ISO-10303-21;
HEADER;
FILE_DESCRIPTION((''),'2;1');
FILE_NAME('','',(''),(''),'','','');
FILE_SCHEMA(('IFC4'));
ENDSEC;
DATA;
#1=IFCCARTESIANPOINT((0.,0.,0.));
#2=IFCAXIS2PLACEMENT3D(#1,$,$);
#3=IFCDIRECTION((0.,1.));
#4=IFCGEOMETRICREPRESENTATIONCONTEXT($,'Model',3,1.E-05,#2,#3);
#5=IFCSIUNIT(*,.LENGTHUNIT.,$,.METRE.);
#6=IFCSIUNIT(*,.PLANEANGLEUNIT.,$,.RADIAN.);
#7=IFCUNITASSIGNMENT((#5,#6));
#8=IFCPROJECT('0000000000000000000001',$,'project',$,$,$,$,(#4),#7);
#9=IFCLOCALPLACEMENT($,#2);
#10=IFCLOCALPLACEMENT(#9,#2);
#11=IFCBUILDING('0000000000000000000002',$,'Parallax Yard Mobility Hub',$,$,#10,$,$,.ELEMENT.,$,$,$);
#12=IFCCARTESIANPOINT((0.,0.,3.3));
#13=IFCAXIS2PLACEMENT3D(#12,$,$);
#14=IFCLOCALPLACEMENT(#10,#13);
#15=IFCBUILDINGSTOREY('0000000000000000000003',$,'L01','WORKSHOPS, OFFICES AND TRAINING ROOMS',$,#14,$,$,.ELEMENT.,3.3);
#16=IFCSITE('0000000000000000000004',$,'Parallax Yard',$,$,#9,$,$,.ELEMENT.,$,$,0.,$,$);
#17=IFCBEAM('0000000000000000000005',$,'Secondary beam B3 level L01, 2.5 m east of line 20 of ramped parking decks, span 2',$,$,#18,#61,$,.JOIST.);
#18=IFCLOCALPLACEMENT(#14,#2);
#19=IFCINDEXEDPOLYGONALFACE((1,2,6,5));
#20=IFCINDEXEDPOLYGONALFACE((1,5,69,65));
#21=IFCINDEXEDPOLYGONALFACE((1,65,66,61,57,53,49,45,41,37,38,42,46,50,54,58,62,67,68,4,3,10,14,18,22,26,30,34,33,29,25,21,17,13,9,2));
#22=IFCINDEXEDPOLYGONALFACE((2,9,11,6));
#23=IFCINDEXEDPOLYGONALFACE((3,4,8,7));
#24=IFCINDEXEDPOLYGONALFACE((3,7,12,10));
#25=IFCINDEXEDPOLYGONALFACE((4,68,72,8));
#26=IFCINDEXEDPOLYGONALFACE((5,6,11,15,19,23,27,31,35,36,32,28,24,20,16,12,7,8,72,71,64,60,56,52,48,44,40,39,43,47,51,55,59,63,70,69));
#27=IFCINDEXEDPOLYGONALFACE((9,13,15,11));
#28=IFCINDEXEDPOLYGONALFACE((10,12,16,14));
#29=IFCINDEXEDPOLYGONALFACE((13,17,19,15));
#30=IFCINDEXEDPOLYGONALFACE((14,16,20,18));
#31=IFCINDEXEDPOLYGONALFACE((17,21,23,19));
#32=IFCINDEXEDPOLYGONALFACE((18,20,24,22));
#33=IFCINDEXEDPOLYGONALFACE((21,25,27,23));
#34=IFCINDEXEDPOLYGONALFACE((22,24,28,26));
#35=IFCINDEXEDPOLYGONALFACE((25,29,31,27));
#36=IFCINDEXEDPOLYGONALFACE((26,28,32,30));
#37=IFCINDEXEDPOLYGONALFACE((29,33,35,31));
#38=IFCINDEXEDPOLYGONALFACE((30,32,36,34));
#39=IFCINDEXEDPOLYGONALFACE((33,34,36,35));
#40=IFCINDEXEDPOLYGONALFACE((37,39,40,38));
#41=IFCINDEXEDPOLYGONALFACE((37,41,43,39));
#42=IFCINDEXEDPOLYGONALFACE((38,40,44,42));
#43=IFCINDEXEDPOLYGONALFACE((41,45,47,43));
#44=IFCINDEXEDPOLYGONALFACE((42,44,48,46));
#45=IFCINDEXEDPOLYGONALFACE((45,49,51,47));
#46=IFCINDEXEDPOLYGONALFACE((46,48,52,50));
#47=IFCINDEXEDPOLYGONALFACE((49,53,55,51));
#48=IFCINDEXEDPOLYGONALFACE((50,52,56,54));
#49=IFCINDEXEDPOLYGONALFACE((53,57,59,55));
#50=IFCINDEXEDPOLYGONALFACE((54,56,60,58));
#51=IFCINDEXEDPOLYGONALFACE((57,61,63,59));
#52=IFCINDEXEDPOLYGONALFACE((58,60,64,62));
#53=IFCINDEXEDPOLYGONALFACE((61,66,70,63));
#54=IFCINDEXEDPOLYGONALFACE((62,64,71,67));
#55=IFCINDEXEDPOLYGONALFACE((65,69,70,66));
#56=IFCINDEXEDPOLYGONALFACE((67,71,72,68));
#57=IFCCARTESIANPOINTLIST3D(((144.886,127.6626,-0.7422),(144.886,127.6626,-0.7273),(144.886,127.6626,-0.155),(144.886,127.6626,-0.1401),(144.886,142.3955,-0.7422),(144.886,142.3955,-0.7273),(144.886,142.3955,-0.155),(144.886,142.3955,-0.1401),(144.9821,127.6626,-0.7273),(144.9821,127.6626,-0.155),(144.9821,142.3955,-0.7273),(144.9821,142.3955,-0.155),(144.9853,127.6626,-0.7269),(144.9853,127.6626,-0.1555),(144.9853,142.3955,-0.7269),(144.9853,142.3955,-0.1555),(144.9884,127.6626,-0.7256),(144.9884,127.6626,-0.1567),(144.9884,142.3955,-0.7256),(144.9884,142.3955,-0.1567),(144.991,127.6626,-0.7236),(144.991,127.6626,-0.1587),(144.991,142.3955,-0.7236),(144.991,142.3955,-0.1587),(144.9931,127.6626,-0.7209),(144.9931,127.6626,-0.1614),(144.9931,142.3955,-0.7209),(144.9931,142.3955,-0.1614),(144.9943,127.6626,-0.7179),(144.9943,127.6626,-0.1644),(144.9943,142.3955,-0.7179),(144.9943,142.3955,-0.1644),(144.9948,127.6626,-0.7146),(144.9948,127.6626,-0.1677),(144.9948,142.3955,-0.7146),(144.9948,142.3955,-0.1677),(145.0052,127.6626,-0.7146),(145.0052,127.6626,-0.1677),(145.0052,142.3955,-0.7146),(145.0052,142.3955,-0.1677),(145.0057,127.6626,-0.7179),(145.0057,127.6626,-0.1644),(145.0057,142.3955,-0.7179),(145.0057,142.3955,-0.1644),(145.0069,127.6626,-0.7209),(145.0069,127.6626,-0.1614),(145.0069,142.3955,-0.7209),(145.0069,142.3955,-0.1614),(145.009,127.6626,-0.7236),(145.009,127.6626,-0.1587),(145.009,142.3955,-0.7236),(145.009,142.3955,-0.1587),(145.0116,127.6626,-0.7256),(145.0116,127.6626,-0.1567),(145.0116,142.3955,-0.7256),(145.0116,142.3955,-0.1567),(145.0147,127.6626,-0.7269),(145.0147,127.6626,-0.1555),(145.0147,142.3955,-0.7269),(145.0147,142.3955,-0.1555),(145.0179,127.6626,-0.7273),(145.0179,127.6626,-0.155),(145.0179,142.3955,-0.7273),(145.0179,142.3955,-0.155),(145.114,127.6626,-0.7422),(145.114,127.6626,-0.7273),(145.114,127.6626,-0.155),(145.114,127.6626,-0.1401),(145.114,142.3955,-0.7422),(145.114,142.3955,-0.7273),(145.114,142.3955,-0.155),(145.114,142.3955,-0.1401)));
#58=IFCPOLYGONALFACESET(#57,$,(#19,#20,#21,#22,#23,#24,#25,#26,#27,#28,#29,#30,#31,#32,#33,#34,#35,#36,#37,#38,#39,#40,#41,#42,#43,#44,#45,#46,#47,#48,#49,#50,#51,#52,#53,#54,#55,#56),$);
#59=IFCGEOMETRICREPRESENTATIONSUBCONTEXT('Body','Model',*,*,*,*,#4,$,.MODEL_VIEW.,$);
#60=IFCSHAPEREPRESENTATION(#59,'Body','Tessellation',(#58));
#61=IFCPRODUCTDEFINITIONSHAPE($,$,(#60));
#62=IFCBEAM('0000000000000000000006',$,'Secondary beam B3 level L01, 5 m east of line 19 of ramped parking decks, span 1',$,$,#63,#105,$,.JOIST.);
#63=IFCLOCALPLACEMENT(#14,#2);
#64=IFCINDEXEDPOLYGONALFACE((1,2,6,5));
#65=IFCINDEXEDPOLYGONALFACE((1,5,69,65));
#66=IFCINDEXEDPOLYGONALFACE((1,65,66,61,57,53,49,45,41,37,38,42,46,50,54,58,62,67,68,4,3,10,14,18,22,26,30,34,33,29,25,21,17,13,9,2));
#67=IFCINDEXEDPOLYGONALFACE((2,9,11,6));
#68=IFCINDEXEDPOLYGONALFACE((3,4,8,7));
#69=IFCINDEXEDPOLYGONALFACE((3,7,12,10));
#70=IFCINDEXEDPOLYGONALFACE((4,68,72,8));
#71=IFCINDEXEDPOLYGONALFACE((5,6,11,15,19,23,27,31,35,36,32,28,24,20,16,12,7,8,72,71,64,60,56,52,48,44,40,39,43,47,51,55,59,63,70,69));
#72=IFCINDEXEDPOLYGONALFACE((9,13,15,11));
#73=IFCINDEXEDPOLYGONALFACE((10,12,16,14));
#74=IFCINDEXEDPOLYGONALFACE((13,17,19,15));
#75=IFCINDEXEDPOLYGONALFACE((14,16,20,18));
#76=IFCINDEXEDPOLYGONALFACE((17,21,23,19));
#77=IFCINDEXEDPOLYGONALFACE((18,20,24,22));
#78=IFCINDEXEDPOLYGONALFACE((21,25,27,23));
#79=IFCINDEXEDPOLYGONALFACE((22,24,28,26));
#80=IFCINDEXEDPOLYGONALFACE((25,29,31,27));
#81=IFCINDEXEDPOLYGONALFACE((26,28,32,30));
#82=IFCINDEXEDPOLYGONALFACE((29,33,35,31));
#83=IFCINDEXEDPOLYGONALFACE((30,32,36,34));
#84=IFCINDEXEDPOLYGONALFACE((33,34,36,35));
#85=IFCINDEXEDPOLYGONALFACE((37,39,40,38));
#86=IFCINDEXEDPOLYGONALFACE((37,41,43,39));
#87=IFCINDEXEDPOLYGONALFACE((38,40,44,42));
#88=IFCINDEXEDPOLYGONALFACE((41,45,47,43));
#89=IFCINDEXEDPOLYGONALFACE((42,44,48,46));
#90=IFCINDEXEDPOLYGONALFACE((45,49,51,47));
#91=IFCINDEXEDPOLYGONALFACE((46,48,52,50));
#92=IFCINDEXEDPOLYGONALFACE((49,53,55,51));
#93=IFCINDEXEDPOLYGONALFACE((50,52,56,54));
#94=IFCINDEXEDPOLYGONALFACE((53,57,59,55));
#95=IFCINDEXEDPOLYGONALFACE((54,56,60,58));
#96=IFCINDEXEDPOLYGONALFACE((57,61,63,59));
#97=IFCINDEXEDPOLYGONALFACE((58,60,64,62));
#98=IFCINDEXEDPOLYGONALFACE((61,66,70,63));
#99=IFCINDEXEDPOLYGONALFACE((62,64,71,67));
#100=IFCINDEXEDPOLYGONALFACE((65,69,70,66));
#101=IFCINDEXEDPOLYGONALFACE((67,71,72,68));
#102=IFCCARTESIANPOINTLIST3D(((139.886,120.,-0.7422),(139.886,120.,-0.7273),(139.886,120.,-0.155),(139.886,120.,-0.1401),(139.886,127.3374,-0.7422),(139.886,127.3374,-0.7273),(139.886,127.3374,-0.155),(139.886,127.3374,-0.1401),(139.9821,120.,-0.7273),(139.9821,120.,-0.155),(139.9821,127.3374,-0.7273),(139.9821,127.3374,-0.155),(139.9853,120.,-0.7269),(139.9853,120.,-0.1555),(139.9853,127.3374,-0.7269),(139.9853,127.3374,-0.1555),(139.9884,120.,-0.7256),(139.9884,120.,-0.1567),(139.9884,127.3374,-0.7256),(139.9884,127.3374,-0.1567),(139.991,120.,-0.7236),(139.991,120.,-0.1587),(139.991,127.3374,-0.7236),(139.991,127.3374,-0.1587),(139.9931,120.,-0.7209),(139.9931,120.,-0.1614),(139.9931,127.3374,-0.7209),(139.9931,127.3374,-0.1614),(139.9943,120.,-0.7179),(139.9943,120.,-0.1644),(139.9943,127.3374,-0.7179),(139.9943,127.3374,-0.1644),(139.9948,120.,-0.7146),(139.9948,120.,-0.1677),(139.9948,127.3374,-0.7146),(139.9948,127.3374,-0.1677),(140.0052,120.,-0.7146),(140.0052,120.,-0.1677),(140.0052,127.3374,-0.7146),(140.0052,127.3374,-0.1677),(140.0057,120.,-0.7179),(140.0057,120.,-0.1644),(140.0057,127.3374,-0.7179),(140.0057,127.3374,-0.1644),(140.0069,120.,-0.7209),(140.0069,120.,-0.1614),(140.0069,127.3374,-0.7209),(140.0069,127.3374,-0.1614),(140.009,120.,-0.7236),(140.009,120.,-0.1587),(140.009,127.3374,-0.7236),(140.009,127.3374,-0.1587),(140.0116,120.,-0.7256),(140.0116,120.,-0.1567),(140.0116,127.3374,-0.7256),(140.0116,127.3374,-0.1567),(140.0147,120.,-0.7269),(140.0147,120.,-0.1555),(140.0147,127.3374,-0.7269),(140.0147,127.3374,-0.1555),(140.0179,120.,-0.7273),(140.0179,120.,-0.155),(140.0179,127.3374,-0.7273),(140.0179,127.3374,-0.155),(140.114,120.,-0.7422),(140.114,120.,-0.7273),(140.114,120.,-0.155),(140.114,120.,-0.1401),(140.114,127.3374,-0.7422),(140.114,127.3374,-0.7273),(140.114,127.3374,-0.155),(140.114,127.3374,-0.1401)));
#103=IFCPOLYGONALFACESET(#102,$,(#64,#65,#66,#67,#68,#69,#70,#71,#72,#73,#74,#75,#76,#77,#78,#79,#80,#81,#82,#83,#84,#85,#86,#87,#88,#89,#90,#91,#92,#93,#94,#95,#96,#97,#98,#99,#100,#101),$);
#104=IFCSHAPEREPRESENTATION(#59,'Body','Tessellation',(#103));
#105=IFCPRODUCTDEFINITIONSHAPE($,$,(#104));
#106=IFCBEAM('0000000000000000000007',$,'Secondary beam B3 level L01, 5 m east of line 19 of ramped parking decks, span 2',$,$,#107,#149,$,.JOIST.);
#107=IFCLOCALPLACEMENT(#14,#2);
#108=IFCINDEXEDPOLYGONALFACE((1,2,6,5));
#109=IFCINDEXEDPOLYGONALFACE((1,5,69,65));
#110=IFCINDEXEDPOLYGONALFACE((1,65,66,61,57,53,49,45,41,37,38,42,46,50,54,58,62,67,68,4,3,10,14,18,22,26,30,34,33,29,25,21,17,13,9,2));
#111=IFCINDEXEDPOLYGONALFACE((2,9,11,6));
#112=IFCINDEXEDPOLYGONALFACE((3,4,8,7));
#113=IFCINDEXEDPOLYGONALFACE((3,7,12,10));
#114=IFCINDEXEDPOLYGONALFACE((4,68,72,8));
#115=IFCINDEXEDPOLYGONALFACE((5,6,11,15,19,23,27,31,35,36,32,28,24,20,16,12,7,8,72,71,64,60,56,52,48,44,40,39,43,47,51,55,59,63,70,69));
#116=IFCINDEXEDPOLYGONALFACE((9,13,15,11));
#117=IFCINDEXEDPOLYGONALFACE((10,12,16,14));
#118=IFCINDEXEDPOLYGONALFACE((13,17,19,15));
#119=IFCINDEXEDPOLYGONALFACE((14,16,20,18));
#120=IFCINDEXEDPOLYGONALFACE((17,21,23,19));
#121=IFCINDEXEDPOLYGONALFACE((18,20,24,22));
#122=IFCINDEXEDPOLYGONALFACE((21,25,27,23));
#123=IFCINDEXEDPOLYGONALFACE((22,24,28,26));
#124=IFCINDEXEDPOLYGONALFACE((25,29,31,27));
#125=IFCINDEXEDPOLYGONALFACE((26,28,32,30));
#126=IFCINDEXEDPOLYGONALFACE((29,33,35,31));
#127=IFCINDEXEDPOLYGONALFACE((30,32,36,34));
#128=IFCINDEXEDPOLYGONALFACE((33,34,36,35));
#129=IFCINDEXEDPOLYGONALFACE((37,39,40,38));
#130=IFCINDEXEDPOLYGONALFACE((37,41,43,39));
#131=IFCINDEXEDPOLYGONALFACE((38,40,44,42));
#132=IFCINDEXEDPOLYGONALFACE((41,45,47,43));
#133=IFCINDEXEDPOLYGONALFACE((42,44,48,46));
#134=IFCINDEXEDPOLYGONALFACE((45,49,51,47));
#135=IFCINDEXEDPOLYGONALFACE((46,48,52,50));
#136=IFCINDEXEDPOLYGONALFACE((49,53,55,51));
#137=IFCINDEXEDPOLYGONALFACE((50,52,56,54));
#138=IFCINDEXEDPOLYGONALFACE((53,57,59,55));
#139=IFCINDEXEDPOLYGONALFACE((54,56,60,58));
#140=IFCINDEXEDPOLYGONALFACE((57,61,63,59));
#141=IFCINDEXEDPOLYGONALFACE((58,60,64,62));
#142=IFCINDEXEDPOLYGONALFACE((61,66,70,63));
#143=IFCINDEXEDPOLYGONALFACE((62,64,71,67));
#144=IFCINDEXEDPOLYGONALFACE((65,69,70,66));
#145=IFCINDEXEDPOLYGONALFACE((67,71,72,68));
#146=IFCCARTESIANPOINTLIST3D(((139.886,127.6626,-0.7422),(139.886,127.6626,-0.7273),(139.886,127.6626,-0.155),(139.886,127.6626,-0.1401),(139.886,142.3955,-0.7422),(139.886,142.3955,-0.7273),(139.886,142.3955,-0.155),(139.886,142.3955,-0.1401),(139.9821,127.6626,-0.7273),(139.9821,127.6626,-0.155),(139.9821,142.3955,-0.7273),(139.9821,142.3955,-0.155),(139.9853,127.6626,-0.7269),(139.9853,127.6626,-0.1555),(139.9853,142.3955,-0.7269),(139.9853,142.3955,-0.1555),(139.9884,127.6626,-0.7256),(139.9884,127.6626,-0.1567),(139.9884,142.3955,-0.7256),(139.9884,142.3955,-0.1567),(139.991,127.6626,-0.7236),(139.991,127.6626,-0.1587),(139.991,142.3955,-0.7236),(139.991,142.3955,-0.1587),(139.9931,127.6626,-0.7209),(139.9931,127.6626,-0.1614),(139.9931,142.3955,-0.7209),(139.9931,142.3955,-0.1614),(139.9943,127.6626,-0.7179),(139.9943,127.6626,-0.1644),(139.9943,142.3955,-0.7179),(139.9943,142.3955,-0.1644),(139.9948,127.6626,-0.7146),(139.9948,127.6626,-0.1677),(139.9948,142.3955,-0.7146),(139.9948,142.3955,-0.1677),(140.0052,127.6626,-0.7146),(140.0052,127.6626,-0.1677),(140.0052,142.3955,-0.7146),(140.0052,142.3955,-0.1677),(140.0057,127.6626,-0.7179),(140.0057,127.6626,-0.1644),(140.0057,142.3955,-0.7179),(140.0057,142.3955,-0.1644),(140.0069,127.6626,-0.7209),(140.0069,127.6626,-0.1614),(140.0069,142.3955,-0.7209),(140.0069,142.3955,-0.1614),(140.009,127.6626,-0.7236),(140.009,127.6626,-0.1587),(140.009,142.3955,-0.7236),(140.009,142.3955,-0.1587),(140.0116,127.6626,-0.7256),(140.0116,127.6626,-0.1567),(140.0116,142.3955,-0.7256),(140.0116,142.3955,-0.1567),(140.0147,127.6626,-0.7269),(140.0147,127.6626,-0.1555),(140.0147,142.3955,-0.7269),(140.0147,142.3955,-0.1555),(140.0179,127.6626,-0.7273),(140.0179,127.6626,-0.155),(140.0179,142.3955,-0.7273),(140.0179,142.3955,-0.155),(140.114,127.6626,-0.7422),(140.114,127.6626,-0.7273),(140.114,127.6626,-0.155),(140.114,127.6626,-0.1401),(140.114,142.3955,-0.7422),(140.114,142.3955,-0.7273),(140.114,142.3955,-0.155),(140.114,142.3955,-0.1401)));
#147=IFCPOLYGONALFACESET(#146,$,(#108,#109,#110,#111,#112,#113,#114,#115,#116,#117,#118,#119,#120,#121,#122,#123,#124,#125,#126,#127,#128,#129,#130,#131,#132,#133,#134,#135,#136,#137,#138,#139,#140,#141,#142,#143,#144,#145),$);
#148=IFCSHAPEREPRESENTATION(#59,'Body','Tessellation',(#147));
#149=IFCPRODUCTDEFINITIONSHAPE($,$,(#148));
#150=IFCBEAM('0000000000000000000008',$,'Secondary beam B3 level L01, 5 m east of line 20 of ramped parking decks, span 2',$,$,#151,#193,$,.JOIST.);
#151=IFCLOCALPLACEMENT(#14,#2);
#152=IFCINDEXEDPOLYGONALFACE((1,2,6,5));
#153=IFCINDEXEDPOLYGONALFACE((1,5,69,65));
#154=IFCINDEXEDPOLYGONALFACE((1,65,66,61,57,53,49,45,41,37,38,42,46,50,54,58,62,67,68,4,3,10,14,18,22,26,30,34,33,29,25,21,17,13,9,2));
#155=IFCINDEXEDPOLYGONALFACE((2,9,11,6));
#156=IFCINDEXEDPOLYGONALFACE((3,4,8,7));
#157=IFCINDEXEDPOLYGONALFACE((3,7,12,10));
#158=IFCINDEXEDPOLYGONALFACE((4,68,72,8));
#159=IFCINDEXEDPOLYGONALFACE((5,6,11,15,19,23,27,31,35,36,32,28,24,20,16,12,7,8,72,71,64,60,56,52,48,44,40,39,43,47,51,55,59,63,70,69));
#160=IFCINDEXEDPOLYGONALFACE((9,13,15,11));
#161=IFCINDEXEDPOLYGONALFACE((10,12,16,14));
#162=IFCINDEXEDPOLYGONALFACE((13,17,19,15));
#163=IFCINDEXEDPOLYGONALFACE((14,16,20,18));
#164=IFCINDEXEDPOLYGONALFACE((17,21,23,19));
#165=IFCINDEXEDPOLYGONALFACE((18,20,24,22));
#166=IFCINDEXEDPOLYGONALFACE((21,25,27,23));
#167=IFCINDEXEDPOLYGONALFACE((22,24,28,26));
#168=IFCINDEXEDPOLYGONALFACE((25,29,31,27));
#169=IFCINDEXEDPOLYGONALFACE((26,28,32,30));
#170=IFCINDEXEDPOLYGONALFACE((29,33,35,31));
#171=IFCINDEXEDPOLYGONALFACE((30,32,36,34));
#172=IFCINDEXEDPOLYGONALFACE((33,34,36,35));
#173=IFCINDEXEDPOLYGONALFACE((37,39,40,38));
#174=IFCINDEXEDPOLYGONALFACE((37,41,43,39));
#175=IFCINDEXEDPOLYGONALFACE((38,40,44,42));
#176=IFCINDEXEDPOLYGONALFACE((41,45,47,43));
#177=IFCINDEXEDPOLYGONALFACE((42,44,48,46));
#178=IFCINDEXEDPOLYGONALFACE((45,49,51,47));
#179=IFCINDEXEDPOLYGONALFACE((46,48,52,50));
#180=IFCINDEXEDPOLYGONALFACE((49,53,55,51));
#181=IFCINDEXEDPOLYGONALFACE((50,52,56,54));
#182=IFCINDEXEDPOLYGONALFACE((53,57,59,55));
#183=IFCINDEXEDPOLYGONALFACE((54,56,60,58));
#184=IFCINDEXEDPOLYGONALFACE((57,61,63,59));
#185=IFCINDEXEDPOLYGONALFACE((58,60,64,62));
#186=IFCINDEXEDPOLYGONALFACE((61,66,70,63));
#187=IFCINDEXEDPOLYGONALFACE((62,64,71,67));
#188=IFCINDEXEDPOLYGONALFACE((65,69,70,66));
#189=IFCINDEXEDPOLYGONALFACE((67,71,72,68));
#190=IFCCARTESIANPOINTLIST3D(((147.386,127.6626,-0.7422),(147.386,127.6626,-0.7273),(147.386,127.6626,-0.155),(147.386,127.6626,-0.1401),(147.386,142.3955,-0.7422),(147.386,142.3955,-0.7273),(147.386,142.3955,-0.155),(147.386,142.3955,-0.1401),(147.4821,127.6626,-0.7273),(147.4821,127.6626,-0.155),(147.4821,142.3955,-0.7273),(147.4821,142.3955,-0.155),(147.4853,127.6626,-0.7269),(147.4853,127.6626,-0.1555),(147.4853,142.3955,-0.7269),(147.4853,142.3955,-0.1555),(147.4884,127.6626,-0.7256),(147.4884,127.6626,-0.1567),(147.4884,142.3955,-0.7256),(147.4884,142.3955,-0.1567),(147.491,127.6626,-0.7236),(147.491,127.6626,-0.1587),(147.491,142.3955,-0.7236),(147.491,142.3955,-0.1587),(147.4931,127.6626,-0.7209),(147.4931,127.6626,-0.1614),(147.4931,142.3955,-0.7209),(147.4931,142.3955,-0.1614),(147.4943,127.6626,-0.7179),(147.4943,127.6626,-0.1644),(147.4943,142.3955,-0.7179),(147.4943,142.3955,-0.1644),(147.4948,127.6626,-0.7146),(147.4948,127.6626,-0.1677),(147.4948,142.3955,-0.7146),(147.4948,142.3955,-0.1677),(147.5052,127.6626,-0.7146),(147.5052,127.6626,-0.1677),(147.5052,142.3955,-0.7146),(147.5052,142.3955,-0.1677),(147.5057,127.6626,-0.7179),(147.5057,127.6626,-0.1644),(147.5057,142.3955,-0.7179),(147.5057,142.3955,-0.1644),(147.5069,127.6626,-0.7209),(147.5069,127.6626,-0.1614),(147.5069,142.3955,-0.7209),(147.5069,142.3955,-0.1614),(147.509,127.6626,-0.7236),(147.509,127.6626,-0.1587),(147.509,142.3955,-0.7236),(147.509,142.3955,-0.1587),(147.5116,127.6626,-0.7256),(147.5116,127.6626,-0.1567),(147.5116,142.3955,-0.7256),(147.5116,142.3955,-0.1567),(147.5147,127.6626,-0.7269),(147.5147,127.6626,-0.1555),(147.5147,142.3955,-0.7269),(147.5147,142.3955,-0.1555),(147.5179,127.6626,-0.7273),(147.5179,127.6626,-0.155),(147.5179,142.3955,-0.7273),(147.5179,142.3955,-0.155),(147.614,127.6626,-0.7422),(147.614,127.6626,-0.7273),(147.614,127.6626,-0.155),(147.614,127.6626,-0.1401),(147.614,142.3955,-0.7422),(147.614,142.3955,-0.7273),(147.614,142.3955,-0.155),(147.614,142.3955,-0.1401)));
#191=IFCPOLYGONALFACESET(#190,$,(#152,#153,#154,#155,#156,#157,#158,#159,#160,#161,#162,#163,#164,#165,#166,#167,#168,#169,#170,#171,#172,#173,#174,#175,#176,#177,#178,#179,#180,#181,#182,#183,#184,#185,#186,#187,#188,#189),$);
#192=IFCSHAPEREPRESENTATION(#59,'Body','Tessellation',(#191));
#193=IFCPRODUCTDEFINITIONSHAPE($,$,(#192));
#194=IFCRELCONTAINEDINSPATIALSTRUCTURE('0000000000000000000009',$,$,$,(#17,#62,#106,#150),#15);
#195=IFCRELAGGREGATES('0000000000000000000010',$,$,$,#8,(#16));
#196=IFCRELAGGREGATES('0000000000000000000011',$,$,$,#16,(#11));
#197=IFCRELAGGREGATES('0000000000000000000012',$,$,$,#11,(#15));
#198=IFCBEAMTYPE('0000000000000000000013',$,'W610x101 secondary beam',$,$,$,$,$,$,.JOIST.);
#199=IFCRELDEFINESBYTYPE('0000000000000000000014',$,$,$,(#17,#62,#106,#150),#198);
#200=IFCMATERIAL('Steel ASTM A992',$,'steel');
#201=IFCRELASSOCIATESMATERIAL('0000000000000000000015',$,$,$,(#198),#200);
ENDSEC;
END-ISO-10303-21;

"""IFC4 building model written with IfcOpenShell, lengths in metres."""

from ifc_helpers import new_model, si_unit, direction, frame, origin, origin_2d, place, context, subcontext, project, spatial, i_section, extrude, material, material_profile, profile_set, type_object, element, save


model = new_model("IFC4")

# Units and contexts
model_context = context("Model", 3, precision=1e-05, world=origin(), true_north=direction((0.0, 1.0)))
body_context = subcontext(model_context, "Body", "Model", "MODEL_VIEW")
ifc_project = project(units=[si_unit("LENGTHUNIT", "METRE"), si_unit("PLANEANGLEUNIT", "RADIAN")], contexts=[model_context])

# Site, building, storey
site_placement = place(None, origin())
site = spatial("IfcSite", under=ifc_project, at=site_placement, Name="Parallax Yard", CompositionType="ELEMENT", RefElevation=0.0)
building_placement = place(site_placement, origin())
building = spatial("IfcBuilding", under=site, at=building_placement, Name="Parallax Yard Mobility Hub", CompositionType="ELEMENT")
storey_placement = place(building_placement, frame((0.0, 0.0, 3.3)))
storey = spatial("IfcBuildingStorey", under=building, at=storey_placement, Name="L01", Description="WORKSHOPS, OFFICES AND TRAINING ROOMS", CompositionType="ELEMENT", Elevation=3.3)

# Shared definitions
ifc_material_1 = material(Name="Steel ASTM A992", Category="steel")

# Beams
ifc_material_profile_1 = material_profile(ifc_material_1, i_section(OverallWidth=0.228, OverallDepth=0.6021, WebThickness=0.0105, FlangeThickness=0.0149, FilletRadius=0.0127, at=origin_2d()), Name="W610x101")
ifc_profile_set_1 = profile_set([ifc_material_profile_1], Name="Steel ASTM A992")
beam_type_1 = type_object("IfcBeamType", Name="W610x101 secondary beam", PredefinedType="JOIST", material=ifc_profile_set_1)
beam_1_placement = place(storey_placement, frame((145.0, 127.6626, -0.4412), z_axis=(0.0, 1.0, 0.0), x_axis=(-1.0, 0.0, 0.0)))
element("IfcBeam", 1, at=beam_1_placement, inside=storey, type_object=beam_type_1, Name="Secondary beam B3 level L01, 2.5 m east of line 20 of ramped parking decks, span 2", PredefinedType="JOIST", context=body_context, shape_type="SweptSolid", body=[
    extrude(i_section(OverallWidth=0.228, OverallDepth=0.6021, WebThickness=0.0105, FlangeThickness=0.0149, FilletRadius=0.0127, at=origin_2d()), origin(), (0.0, 0.0, 1.0), 14.7329),
])
beam_2_placement = place(storey_placement, frame((140.0, 120.0, -0.4412), z_axis=(0.0, 1.0, 0.0), x_axis=(-1.0, 0.0, 0.0)))
element("IfcBeam", 2, at=beam_2_placement, inside=storey, type_object=beam_type_1, Name="Secondary beam B3 level L01, 5 m east of line 19 of ramped parking decks, span 1", PredefinedType="JOIST", context=body_context, shape_type="SweptSolid", body=[
    extrude(i_section(OverallWidth=0.228, OverallDepth=0.6021, WebThickness=0.0105, FlangeThickness=0.0149, FilletRadius=0.0127, at=origin_2d()), origin(), (0.0, 0.0, 1.0), 7.3374),
])
for number, where, z_axis, x_axis, name in (
    (3, (140.0, 127.6626, -0.4412), (0.0, 1.0, 0.0), (-1.0, 0.0, 0.0), "Secondary beam B3 level L01, 5 m east of line 19 of ramped parking decks, span 2"),
    (4, (147.5, 127.6626, -0.4412), (0.0, 1.0, 0.0), (-1.0, 0.0, 0.0), "Secondary beam B3 level L01, 5 m east of line 20 of ramped parking decks, span 2"),
):
    element("IfcBeam", number, at=place(storey_placement, frame(where, z_axis=z_axis, x_axis=x_axis)), inside=storey, type_object=beam_type_1, Name=name, PredefinedType="JOIST", context=body_context, shape_type="SweptSolid", body=[
        extrude(i_section(OverallWidth=0.228, OverallDepth=0.6021, WebThickness=0.0105, FlangeThickness=0.0149, FilletRadius=0.0127, at=origin_2d()), origin(), (0.0, 0.0, 1.0), 14.7329),
    ])

save(model, "model.ifc")
